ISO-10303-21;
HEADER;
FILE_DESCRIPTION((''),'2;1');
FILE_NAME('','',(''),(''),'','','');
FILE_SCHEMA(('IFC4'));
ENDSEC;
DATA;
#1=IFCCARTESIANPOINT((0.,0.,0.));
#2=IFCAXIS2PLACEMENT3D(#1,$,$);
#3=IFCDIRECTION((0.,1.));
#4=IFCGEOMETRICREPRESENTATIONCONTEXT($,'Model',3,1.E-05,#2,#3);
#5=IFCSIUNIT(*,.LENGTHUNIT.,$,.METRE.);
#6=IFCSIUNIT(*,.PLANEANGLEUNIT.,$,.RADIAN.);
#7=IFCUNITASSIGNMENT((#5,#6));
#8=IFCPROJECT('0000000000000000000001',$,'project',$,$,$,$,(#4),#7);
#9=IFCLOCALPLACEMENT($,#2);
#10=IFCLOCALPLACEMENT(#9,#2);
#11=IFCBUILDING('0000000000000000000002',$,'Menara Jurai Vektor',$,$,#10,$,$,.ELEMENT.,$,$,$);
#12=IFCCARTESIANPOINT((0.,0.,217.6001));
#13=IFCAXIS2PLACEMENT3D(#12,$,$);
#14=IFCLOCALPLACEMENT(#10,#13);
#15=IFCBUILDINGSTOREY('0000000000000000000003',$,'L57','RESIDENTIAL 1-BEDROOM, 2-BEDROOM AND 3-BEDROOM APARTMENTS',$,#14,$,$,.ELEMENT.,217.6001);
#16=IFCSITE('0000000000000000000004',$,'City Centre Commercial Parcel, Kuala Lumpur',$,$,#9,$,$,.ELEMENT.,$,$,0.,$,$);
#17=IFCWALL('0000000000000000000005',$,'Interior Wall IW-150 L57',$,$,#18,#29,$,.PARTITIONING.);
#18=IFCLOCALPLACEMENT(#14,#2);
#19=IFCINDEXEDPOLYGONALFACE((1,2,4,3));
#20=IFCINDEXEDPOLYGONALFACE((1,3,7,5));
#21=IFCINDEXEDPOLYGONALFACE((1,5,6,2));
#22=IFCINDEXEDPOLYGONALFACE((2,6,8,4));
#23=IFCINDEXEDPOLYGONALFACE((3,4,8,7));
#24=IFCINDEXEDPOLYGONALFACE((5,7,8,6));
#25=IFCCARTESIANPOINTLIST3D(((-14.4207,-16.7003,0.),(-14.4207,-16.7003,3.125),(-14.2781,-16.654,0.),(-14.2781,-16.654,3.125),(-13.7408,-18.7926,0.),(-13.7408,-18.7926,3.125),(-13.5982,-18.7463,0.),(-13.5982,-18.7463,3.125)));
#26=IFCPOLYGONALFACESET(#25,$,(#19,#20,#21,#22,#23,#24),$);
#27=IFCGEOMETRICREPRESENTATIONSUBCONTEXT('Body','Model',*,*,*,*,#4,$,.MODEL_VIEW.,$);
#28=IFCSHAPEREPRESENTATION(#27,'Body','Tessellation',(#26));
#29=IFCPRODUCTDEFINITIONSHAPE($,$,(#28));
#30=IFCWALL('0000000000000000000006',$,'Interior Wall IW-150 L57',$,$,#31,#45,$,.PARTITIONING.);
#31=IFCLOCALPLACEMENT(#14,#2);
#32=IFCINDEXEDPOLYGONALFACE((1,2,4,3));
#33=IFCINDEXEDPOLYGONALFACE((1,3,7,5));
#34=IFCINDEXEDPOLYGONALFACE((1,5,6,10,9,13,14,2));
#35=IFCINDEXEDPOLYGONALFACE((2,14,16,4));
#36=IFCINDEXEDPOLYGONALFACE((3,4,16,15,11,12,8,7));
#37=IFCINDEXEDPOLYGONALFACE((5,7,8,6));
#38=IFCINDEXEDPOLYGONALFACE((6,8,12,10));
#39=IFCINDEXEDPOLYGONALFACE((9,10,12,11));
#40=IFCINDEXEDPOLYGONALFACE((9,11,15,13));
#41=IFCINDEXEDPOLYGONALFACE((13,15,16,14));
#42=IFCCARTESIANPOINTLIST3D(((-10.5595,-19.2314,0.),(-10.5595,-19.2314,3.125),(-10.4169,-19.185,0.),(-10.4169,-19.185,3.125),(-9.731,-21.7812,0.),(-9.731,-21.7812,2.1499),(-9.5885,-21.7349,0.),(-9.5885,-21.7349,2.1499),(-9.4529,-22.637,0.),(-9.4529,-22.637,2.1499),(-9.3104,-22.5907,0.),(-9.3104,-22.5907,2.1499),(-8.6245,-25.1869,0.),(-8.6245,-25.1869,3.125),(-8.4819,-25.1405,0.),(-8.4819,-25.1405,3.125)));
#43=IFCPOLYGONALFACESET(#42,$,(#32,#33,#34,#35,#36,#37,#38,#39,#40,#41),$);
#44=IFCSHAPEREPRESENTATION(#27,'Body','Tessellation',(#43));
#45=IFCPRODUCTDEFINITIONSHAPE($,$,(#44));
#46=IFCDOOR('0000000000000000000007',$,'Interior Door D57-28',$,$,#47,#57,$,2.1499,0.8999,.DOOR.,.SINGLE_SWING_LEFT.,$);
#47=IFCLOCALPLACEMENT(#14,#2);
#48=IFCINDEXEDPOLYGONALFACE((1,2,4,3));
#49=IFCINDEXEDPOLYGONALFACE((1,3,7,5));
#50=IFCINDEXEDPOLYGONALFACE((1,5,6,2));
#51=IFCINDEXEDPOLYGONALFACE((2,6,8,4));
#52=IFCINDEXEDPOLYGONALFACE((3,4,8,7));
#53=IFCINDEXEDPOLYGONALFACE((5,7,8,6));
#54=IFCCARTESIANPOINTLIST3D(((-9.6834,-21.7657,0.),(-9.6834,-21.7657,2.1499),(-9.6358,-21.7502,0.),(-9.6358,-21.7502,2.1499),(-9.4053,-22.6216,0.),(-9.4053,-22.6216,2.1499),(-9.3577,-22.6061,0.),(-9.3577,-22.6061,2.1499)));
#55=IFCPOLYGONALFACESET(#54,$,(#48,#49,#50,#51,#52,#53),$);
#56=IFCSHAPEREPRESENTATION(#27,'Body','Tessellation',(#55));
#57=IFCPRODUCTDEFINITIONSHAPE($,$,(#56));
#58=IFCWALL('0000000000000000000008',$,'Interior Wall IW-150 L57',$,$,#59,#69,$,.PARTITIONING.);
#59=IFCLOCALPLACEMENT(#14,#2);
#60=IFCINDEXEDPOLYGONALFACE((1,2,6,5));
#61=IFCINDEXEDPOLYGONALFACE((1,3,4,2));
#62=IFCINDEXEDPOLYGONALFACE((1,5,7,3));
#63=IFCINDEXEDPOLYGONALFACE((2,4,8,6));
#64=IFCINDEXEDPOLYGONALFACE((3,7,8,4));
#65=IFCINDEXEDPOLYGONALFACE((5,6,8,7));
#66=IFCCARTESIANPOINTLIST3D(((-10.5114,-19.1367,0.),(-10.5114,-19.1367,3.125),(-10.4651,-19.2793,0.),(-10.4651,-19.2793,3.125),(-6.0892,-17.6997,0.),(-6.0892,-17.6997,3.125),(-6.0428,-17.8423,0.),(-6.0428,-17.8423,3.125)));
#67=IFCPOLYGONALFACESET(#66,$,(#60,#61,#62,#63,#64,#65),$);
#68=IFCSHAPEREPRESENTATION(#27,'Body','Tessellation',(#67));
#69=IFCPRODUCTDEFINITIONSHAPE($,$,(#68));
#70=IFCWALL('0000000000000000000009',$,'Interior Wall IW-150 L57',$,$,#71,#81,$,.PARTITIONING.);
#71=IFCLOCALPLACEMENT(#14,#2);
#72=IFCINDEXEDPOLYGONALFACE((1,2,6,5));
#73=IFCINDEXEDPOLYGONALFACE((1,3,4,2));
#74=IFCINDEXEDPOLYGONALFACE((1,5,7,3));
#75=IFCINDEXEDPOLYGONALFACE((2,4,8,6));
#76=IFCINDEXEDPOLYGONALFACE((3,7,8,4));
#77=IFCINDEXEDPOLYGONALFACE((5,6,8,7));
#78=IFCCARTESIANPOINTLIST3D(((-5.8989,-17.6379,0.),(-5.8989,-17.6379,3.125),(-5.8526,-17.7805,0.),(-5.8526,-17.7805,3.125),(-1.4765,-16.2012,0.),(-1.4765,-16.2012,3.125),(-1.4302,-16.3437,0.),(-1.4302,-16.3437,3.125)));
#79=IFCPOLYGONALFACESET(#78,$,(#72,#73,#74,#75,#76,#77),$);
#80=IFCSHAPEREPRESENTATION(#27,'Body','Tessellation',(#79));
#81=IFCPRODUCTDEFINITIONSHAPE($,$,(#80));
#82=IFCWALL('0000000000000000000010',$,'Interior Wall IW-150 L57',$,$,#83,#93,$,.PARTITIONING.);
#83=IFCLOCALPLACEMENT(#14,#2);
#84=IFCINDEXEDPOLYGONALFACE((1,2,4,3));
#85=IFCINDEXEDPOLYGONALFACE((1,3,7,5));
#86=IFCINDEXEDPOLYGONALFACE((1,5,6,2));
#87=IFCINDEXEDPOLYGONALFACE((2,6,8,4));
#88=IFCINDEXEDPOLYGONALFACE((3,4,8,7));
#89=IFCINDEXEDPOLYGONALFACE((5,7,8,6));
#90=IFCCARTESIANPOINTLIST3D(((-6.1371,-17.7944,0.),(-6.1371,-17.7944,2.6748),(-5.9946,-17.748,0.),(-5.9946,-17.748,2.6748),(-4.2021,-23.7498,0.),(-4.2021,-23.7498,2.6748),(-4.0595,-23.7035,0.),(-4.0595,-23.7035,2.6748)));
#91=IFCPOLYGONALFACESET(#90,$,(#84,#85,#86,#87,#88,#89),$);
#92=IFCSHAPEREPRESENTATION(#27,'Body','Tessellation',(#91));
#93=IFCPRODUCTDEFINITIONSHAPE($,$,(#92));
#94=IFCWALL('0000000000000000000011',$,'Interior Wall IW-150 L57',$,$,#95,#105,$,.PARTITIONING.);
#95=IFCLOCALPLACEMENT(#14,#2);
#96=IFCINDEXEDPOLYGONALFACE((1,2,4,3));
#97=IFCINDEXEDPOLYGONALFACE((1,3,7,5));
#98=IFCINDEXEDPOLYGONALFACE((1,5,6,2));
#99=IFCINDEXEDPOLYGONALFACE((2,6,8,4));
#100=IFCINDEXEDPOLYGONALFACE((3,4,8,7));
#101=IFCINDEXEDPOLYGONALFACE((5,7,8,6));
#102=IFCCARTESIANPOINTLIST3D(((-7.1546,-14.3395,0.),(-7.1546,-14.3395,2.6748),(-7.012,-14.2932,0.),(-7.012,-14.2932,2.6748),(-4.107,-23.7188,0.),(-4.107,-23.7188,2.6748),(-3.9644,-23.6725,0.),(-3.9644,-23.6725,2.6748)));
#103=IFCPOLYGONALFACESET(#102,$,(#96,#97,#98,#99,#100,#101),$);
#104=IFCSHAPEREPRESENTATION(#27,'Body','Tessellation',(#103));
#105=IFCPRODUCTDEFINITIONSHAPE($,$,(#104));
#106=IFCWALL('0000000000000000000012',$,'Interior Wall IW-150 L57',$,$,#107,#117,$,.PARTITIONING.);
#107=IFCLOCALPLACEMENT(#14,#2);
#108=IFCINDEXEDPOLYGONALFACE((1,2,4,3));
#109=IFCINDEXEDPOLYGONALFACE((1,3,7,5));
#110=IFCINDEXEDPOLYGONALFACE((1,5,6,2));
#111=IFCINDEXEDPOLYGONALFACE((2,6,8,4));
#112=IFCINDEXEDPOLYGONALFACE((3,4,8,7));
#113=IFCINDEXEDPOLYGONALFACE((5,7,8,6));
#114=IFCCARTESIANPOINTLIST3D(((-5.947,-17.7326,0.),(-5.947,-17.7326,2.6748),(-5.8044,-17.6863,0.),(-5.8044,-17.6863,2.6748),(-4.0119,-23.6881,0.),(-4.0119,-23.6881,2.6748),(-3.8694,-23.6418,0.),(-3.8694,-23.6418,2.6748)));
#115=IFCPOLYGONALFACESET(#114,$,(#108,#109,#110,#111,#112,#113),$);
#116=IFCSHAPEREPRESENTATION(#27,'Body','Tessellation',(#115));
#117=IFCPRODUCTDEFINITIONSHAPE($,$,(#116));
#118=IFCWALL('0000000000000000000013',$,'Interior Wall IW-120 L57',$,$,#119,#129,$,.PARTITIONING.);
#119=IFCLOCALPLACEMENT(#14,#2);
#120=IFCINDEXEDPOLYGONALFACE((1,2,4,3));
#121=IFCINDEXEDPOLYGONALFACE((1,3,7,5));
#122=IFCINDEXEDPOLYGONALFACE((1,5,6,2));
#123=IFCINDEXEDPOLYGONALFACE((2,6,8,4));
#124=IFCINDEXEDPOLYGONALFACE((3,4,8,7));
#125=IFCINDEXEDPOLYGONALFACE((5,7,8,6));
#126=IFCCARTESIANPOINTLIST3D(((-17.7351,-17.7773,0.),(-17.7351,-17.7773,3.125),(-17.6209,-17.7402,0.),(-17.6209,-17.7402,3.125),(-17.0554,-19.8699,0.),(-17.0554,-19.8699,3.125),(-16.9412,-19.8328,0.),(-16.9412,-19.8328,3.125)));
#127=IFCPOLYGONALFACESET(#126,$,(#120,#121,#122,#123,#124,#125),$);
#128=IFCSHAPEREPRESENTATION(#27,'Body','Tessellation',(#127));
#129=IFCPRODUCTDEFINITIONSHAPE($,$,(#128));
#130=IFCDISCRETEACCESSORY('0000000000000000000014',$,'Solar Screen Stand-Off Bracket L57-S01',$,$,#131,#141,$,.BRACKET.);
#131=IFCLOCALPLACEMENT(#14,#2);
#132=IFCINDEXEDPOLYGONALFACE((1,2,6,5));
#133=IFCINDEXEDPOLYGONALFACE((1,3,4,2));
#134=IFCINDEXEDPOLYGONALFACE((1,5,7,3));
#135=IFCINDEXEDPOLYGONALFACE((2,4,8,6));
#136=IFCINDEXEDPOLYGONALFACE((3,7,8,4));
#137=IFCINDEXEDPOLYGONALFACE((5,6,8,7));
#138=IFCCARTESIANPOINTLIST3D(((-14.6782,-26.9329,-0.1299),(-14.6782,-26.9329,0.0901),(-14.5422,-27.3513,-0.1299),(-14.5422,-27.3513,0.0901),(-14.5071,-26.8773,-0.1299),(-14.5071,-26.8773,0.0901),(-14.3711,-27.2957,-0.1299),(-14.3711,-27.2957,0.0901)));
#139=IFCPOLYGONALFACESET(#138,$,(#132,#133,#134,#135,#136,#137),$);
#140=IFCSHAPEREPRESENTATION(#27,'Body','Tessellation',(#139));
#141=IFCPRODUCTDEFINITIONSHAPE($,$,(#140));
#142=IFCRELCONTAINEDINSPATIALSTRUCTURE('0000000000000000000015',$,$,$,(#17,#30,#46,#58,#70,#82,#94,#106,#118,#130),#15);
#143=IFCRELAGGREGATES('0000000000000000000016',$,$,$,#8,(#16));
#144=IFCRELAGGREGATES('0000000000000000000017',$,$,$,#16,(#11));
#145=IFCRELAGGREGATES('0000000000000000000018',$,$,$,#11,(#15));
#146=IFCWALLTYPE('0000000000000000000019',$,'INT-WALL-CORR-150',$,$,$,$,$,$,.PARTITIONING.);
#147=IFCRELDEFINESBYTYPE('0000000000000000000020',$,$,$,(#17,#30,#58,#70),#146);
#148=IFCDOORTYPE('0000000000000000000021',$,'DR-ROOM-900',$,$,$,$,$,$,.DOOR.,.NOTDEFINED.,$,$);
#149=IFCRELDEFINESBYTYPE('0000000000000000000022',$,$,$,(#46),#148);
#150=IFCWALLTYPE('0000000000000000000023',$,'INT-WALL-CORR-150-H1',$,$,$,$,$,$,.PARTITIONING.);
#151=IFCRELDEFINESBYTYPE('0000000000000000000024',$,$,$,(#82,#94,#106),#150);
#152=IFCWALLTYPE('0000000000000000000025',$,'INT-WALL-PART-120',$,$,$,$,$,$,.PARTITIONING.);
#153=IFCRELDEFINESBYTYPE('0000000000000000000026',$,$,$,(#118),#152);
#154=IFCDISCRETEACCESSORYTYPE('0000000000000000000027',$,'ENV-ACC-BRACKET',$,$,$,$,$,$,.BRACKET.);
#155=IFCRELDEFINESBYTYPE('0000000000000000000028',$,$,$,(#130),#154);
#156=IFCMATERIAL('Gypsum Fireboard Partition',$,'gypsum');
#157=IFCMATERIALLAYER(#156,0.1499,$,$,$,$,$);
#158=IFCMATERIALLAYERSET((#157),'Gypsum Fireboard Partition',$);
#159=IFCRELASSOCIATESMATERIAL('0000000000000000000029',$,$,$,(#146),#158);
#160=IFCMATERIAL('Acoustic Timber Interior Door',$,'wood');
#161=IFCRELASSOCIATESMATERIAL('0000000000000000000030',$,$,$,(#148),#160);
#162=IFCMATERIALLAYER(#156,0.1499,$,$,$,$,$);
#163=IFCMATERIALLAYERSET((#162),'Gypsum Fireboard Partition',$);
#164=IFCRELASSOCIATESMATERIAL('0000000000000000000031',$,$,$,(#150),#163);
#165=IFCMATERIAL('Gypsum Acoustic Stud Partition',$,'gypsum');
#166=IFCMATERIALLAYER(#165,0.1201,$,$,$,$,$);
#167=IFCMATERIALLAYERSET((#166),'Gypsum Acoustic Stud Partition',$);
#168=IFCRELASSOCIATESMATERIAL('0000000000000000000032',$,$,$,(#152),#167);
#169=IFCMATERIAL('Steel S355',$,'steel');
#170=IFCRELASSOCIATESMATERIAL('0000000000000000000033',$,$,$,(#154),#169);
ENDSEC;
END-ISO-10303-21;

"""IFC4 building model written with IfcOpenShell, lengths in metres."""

from ifc_helpers import new_model, si_unit, direction, frame, frame_2d, origin, origin_2d, place, context, subcontext, project, spatial, rectangle, extrude, material, layer, layer_set, type_object, element, fill, save


model = new_model("IFC4")

# Units and contexts
model_context = context("Model", 3, precision=1e-05, world=origin(), true_north=direction((0.0, 1.0)))
body_context = subcontext(model_context, "Body", "Model", "MODEL_VIEW")
ifc_project = project(units=[si_unit("LENGTHUNIT", "METRE"), si_unit("PLANEANGLEUNIT", "RADIAN")], contexts=[model_context])

# Site, building, storey
site_placement = place(None, origin())
site = spatial("IfcSite", under=ifc_project, at=site_placement, Name="City Centre Commercial Parcel, Kuala Lumpur", CompositionType="ELEMENT", RefElevation=0.0)
building_placement = place(site_placement, origin())
building = spatial("IfcBuilding", under=site, at=building_placement, Name="Menara Jurai Vektor", CompositionType="ELEMENT")
storey_placement = place(building_placement, frame((0.0, 0.0, 217.6001)))
storey = spatial("IfcBuildingStorey", under=building, at=storey_placement, Name="L57", Description="RESIDENTIAL 1-BEDROOM, 2-BEDROOM AND 3-BEDROOM APARTMENTS", CompositionType="ELEMENT", Elevation=217.6001)

# Shared definitions
ifc_material_1 = material(Name="Steel S355", Category="steel")

# Shared definitions
ifc_material_2 = material(Name="Gypsum Fireboard Partition", Category="gypsum")
ifc_layer_1 = layer(ifc_material_2, 0.1499)
ifc_layer_set_1 = layer_set([ifc_layer_1], Name="Gypsum Fireboard Partition")
wall_type_1 = type_object("IfcWallType", Name="INT-WALL-CORR-150", PredefinedType="PARTITIONING", material=ifc_layer_set_1)

# Wall
wall_1_placement = place(storey_placement, frame((-13.6694, -18.7695, 0.0), z_axis=(0.0, 0.0, 1.0), x_axis=(-0.309061, 0.951042, 0.0)))
element("IfcWall", 1, at=wall_1_placement, inside=storey, type_object=wall_type_1, Name="Interior Wall IW-150 L57", PredefinedType="PARTITIONING", context=body_context, shape_type="SweptSolid", body=[
    extrude(rectangle(XDim=2.2, YDim=0.1499, at=frame_2d((1.1001, 0.0))), origin(), (0.0, 0.0, 1.0), 3.125),
])

# Wall, opening, door
wall_2_placement = place(storey_placement, frame((-8.5532, -25.1636, 0.0), z_axis=(0.0, 0.0, 1.0), x_axis=(-0.309014, 0.951058, 0.0)))
wall_2 = element("IfcWall", 2, at=wall_2_placement, inside=storey, type_object=wall_type_1, Name="Interior Wall IW-150 L57", PredefinedType="PARTITIONING", context=body_context, shape_type="SweptSolid", body=[
    extrude(rectangle(XDim=6.262, YDim=0.1499, at=frame_2d((3.1309, 0.0))), origin(), (0.0, 0.0, 1.0), 3.125),
])
opening_1_placement = place(wall_2_placement, frame((2.6809, 0.0, 0.0)))
opening_1 = element("IfcOpeningElement", 3, at=opening_1_placement, cuts=wall_2, PredefinedType="OPENING", context=body_context, shape_type="SweptSolid", body=[
    extrude(rectangle(XDim=0.8999, YDim=2.1499, at=frame_2d((0.45, 1.075))), frame((0.0, 0.085, 0.0), z_axis=(0.0, -1.0, 0.0), x_axis=(1.0, 0.0, 0.0)), (0.0, 0.0, 1.0), 0.1699),
])
ifc_material_3 = material(Name="Acoustic Timber Interior Door", Category="wood")
door_type_1 = type_object("IfcDoorType", Name="DR-ROOM-900", OperationType="NOTDEFINED", PredefinedType="DOOR", material=ifc_material_3)
door_1_placement = place(opening_1_placement, origin())
door_1 = element("IfcDoor", 4, at=door_1_placement, inside=storey, type_object=door_type_1, Name="Interior Door D57-28", OperationType="SINGLE_SWING_LEFT", OverallHeight=2.1499, OverallWidth=0.8999, PredefinedType="DOOR", context=body_context, shape_type="SweptSolid", body=[
    extrude(rectangle(XDim=0.8999, YDim=2.1499, at=frame_2d((0.45, 1.075))), frame((0.0, 0.0249, 0.0), z_axis=(0.0, -1.0, 0.0), x_axis=(1.0, 0.0, 0.0)), (0.0, 0.0, 1.0), 0.05),
])
fill(opening_1, door_1)

# Walls
for number, where, z_axis, x_axis, name in (
    (5, (-10.4883, -19.208, 0.0), (0.0, 0.0, 1.0), (0.95105, 0.309036, 0.0), "Interior Wall IW-150 L57"),
    (6, (-5.8757, -17.7092, 0.0), (0.0, 0.0, 1.0), (0.951066, 0.308989, 0.0), "Interior Wall IW-150 L57"),
):
    element("IfcWall", number, at=place(storey_placement, frame(where, z_axis=z_axis, x_axis=x_axis)), inside=storey, type_object=wall_type_1, Name=name, PredefinedType="PARTITIONING", context=body_context, shape_type="SweptSolid", body=[
        extrude(rectangle(XDim=4.6499, YDim=0.1499, at=frame_2d((2.325, 0.0))), origin(), (0.0, 0.0, 1.0), 3.125),
    ])
ifc_layer_2 = layer(ifc_material_2, 0.1499)
ifc_layer_set_2 = layer_set([ifc_layer_2], Name="Gypsum Fireboard Partition")
wall_type_2 = type_object("IfcWallType", Name="INT-WALL-CORR-150-H1", PredefinedType="PARTITIONING", material=ifc_layer_set_2)
wall_3_placement = place(storey_placement, frame((-4.1309, -23.7266, 0.0), z_axis=(0.0, 0.0, 1.0), x_axis=(-0.309014, 0.951058, 0.0)))
element("IfcWall", 7, at=wall_3_placement, inside=storey, type_object=wall_type_2, Name="Interior Wall IW-150 L57", PredefinedType="PARTITIONING", context=body_context, shape_type="SweptSolid", body=[
    extrude(rectangle(XDim=6.262, YDim=0.1499, at=frame_2d((3.1309, 0.0))), origin(), (0.0, 0.0, 1.0), 2.6748),
])
wall_4_placement = place(storey_placement, frame((-4.0356, -23.6958, 0.0), z_axis=(0.0, 0.0, 1.0), x_axis=(-0.309022, 0.951055, 0.0)))
element("IfcWall", 8, at=wall_4_placement, inside=storey, type_object=wall_type_2, Name="Interior Wall IW-150 L57", PredefinedType="PARTITIONING", context=body_context, shape_type="SweptSolid", body=[
    extrude(rectangle(XDim=9.8621, YDim=0.1499, at=frame_2d((4.9312, 0.0))), origin(), (0.0, 0.0, 1.0), 2.6748),
])
wall_5_placement = place(storey_placement, frame((-3.9407, -23.6648, 0.0), z_axis=(0.0, 0.0, 1.0), x_axis=(-0.309014, 0.951058, 0.0)))
element("IfcWall", 9, at=wall_5_placement, inside=storey, type_object=wall_type_2, Name="Interior Wall IW-150 L57", PredefinedType="PARTITIONING", context=body_context, shape_type="SweptSolid", body=[
    extrude(rectangle(XDim=6.262, YDim=0.1499, at=frame_2d((3.1309, 0.0))), origin(), (0.0, 0.0, 1.0), 2.6748),
])
ifc_material_4 = material(Name="Gypsum Acoustic Stud Partition", Category="gypsum")
ifc_layer_3 = layer(ifc_material_4, 0.1201)
ifc_layer_set_3 = layer_set([ifc_layer_3], Name="Gypsum Acoustic Stud Partition")
wall_type_3 = type_object("IfcWallType", Name="INT-WALL-PART-120", PredefinedType="PARTITIONING", material=ifc_layer_set_3)
wall_6_placement = place(storey_placement, frame((-16.9983, -19.8513, 0.0), z_axis=(0.0, 0.0, 1.0), x_axis=(-0.308928, 0.951085, 0.0)))
element("IfcWall", 10, at=wall_6_placement, inside=storey, type_object=wall_type_3, Name="Interior Wall IW-120 L57", PredefinedType="PARTITIONING", context=body_context, shape_type="SweptSolid", body=[
    extrude(rectangle(XDim=2.2002, YDim=0.1201, at=frame_2d((1.1001, 0.0))), origin(), (0.0, 0.0, 1.0), 3.125),
])

# Discrete accessory
discrete_accessory_type = type_object("IfcDiscreteAccessoryType", Name="ENV-ACC-BRACKET", PredefinedType="BRACKET", material=ifc_material_1)
discrete_accessory_placement = place(storey_placement, frame((-14.5247, -27.1143, -0.1299), z_axis=(0.0, 0.0, 1.0), x_axis=(0.951057, 0.309017, 0.0)))
element("IfcDiscreteAccessory", 11, at=discrete_accessory_placement, inside=storey, type_object=discrete_accessory_type, Name="Solar Screen Stand-Off Bracket L57-S01", PredefinedType="BRACKET", context=body_context, shape_type="SweptSolid", body=[
    extrude(rectangle(XDim=0.1799, YDim=0.4399, at=origin_2d()), origin(), (0.0, 0.0, 1.0), 0.22),
])

save(model, "model.ifc")
